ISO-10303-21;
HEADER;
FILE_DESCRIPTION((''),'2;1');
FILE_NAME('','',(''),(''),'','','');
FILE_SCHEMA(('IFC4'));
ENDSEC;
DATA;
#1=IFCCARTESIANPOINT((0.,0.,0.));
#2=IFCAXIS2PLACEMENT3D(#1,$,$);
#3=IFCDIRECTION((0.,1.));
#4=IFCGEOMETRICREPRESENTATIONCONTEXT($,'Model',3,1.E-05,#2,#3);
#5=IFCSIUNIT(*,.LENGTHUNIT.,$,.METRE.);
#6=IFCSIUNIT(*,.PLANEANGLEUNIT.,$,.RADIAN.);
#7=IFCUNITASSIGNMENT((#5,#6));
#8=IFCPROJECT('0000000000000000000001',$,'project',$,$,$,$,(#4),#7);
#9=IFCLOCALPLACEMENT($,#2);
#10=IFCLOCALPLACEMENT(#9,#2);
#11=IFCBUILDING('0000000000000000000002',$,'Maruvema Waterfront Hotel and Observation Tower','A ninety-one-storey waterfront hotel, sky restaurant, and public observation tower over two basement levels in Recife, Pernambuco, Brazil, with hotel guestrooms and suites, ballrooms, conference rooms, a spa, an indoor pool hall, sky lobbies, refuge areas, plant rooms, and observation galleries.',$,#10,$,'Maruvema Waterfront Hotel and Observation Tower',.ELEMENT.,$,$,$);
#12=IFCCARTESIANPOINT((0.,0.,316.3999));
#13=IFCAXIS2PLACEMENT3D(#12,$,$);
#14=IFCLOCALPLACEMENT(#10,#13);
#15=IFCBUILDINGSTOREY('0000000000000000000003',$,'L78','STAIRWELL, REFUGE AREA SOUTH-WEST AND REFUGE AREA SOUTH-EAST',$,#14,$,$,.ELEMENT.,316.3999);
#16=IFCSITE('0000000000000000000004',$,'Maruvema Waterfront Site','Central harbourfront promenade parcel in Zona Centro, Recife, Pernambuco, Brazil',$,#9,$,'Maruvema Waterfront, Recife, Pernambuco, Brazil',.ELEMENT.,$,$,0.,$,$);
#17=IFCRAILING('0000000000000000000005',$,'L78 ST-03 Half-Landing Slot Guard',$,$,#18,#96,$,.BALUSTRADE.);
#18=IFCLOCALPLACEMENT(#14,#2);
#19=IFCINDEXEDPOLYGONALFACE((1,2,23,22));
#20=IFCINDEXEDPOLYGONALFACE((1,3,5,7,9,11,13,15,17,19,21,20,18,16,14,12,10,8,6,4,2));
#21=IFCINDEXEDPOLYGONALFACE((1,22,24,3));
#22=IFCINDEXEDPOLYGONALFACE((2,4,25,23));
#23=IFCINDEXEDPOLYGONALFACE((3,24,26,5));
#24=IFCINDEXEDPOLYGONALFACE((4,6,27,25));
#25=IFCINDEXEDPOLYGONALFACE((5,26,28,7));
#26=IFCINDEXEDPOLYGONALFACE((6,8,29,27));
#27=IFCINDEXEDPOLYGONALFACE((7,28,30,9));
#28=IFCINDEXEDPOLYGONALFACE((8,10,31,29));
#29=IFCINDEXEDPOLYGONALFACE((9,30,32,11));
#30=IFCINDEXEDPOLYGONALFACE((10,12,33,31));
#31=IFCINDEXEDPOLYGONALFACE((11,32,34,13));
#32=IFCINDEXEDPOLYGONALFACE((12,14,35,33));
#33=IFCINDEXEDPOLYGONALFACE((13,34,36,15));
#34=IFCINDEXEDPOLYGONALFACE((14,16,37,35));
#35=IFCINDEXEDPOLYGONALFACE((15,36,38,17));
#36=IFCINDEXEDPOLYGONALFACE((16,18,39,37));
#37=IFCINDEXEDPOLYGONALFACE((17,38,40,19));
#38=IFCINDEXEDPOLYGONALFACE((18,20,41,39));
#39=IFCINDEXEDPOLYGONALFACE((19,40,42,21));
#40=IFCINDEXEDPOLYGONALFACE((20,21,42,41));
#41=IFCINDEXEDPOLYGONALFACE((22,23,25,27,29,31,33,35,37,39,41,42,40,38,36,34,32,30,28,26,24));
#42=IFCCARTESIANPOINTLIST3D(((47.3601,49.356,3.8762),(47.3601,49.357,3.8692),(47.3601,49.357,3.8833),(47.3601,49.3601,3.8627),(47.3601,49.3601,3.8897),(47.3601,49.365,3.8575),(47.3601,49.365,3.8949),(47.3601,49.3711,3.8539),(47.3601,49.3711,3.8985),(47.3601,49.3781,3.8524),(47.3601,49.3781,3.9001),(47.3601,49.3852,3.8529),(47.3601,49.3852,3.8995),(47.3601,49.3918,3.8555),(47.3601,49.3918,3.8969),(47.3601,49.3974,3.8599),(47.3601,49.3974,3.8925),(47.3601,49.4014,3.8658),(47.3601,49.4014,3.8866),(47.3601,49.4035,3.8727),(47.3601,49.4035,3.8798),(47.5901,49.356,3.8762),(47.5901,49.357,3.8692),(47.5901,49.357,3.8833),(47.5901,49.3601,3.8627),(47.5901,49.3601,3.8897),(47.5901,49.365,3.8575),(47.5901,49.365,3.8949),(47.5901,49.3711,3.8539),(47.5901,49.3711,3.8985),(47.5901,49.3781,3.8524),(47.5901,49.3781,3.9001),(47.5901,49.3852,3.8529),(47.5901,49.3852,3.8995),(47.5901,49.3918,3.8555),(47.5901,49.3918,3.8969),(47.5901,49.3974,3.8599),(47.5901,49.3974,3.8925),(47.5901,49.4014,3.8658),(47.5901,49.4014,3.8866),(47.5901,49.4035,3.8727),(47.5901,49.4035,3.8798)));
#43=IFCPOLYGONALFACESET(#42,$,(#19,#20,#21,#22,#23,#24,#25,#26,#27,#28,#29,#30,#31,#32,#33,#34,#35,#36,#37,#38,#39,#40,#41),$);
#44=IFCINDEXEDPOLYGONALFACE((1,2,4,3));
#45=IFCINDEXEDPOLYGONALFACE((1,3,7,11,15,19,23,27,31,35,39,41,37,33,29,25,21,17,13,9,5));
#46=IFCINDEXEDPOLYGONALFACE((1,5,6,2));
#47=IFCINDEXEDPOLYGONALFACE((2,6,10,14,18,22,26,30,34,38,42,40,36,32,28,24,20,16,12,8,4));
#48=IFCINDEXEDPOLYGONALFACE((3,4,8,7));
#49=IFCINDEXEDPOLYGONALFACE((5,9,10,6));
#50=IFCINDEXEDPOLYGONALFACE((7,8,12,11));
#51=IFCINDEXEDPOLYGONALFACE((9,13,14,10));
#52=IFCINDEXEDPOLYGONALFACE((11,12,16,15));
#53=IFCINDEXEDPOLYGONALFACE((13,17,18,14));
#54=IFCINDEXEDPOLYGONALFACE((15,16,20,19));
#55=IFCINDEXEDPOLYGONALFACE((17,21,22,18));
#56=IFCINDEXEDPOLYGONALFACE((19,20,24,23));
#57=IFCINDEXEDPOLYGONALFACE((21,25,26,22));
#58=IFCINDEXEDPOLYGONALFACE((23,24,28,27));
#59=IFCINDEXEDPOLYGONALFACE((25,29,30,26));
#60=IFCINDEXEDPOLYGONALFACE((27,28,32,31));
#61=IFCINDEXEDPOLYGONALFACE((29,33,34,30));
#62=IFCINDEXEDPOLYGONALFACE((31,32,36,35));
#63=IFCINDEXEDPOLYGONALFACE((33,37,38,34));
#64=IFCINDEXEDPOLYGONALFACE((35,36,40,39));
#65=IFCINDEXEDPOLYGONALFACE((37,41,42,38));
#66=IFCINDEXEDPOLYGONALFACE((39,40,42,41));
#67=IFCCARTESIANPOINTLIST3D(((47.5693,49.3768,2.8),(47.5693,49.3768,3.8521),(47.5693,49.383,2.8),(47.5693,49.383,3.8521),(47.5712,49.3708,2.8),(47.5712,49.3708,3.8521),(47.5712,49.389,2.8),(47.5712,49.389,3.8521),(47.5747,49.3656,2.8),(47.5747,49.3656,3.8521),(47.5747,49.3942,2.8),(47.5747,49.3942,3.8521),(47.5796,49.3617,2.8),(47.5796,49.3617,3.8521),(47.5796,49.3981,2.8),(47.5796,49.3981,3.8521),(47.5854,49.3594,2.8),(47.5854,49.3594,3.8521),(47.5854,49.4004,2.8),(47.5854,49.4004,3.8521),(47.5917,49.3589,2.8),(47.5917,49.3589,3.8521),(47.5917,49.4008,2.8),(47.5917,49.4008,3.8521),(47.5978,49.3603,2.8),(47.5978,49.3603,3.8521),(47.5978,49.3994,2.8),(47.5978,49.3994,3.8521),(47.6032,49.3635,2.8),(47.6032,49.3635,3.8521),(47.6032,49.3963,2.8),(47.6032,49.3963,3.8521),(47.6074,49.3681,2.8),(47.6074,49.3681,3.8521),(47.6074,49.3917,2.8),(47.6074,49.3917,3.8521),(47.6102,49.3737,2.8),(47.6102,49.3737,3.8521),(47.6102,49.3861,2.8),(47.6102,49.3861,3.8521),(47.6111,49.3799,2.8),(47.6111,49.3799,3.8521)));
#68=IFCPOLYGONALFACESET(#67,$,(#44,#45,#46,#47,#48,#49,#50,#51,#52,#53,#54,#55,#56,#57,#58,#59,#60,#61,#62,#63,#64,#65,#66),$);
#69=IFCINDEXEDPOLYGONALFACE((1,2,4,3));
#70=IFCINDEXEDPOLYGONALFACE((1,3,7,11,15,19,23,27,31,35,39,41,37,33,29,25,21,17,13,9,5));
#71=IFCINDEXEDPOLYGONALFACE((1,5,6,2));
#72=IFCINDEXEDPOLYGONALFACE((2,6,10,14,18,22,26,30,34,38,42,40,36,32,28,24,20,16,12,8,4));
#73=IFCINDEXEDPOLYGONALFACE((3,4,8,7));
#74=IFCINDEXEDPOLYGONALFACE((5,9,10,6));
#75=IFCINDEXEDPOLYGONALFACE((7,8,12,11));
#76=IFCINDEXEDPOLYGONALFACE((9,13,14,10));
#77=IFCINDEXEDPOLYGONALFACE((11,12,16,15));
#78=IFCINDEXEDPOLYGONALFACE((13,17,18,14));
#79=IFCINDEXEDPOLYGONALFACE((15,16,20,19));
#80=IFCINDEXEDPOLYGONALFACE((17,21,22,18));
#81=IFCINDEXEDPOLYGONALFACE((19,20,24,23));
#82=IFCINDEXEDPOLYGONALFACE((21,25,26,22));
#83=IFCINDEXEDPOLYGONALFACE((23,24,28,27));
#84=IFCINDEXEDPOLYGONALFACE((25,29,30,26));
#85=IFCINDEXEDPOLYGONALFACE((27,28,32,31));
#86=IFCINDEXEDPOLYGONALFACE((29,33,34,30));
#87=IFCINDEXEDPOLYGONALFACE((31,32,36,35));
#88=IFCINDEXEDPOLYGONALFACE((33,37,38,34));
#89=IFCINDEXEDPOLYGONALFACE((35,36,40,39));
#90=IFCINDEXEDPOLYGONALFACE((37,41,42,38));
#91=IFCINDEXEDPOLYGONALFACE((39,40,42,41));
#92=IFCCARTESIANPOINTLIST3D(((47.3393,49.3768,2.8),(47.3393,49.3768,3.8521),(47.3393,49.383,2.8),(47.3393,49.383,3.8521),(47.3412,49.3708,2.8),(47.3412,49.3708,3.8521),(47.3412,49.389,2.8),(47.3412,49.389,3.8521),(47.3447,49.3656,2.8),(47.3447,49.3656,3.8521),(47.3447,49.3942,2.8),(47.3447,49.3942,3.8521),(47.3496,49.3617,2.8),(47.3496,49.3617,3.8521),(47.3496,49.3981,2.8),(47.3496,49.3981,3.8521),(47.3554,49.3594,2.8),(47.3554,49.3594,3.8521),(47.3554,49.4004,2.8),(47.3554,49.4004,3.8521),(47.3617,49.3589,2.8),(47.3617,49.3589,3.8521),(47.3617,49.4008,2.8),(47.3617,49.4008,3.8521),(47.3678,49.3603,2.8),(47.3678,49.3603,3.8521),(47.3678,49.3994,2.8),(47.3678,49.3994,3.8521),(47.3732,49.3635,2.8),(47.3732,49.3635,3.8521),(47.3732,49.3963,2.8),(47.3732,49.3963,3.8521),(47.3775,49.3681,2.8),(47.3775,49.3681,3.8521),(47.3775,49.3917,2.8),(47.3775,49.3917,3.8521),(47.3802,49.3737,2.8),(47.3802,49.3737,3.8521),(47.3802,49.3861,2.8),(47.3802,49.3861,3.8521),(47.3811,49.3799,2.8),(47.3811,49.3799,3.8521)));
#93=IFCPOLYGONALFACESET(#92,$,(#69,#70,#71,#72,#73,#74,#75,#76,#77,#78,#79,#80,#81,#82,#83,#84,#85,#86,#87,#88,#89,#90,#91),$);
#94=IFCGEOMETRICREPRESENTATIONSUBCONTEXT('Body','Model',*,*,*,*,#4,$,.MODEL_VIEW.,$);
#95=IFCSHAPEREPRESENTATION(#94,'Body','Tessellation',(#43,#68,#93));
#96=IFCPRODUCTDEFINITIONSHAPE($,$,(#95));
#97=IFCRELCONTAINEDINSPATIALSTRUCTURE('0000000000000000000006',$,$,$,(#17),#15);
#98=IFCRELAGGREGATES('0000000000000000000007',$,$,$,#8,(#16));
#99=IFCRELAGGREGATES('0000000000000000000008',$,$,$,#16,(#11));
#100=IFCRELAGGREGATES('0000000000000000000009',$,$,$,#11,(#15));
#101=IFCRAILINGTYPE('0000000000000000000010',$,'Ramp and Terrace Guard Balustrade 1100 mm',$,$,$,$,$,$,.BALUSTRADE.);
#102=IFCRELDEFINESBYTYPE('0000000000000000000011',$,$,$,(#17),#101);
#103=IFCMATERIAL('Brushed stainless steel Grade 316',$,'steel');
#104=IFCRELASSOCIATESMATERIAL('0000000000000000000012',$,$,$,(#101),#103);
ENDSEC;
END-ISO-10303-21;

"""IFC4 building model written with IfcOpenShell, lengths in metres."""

from ifc_helpers import new_model, si_unit, direction, frame, origin, origin_2d, place, context, subcontext, project, spatial, circle, extrude, material, type_object, element, save


model = new_model("IFC4")

# Units and contexts
model_context = context("Model", 3, precision=1e-05, world=origin(), true_north=direction((0.0, 1.0)))
body_context = subcontext(model_context, "Body", "Model", "MODEL_VIEW")
ifc_project = project(units=[si_unit("LENGTHUNIT", "METRE"), si_unit("PLANEANGLEUNIT", "RADIAN")], contexts=[model_context])

# Site, building, storey
site_placement = place(None, origin())
site = spatial("IfcSite", under=ifc_project, at=site_placement, Name="Maruvema Waterfront Site", Description="Central harbourfront promenade parcel in Zona Centro, Recife, Pernambuco, Brazil", LongName="Maruvema Waterfront, Recife, Pernambuco, Brazil", CompositionType="ELEMENT", RefElevation=0.0)
building_placement = place(site_placement, origin())
building = spatial("IfcBuilding", under=site, at=building_placement, Name="Maruvema Waterfront Hotel and Observation Tower", Description="A ninety-one-storey waterfront hotel, sky restaurant, and public observation tower over two basement levels in Recife, Pernambuco, Brazil, with hotel guestrooms and suites, ballrooms, conference rooms, a spa, an indoor pool hall, sky lobbies, refuge areas, plant rooms, and observation galleries.", LongName="Maruvema Waterfront Hotel and Observation Tower", CompositionType="ELEMENT")
storey_placement = place(building_placement, frame((0.0, 0.0, 316.3999)))
storey = spatial("IfcBuildingStorey", under=building, at=storey_placement, Name="L78", Description="STAIRWELL, REFUGE AREA SOUTH-WEST AND REFUGE AREA SOUTH-EAST", CompositionType="ELEMENT", Elevation=316.3999)

# Railing
ifc_material_1 = material(Name="Brushed stainless steel Grade 316", Category="steel")
railing_type_1 = type_object("IfcRailingType", Name="Ramp and Terrace Guard Balustrade 1100 mm", PredefinedType="BALUSTRADE", material=ifc_material_1)
railing_1_placement = place(storey_placement, frame((47.5901, 49.3799, 2.8)))
element("IfcRailing", 1, at=railing_1_placement, inside=storey, type_object=railing_type_1, Name="L78 ST-03 Half-Landing Slot Guard", PredefinedType="BALUSTRADE", context=body_context, shape_type="SweptSolid", body=[
    extrude(circle(Radius=0.0239, at=origin_2d()), frame((0.0, 0.0, 1.0762), z_axis=(-1.0, 0.0, 0.0), x_axis=(0.0, -1.0, 0.0)), (0.0, 0.0, 1.0), 0.23),
    extrude(circle(Radius=0.021, at=origin_2d()), origin(), (0.0, 0.0, 1.0), 1.052),
    extrude(circle(Radius=0.021, at=origin_2d()), frame((-0.23, 0.0, 0.0)), (0.0, 0.0, 1.0), 1.052),
])

save(model, "model.ifc")
